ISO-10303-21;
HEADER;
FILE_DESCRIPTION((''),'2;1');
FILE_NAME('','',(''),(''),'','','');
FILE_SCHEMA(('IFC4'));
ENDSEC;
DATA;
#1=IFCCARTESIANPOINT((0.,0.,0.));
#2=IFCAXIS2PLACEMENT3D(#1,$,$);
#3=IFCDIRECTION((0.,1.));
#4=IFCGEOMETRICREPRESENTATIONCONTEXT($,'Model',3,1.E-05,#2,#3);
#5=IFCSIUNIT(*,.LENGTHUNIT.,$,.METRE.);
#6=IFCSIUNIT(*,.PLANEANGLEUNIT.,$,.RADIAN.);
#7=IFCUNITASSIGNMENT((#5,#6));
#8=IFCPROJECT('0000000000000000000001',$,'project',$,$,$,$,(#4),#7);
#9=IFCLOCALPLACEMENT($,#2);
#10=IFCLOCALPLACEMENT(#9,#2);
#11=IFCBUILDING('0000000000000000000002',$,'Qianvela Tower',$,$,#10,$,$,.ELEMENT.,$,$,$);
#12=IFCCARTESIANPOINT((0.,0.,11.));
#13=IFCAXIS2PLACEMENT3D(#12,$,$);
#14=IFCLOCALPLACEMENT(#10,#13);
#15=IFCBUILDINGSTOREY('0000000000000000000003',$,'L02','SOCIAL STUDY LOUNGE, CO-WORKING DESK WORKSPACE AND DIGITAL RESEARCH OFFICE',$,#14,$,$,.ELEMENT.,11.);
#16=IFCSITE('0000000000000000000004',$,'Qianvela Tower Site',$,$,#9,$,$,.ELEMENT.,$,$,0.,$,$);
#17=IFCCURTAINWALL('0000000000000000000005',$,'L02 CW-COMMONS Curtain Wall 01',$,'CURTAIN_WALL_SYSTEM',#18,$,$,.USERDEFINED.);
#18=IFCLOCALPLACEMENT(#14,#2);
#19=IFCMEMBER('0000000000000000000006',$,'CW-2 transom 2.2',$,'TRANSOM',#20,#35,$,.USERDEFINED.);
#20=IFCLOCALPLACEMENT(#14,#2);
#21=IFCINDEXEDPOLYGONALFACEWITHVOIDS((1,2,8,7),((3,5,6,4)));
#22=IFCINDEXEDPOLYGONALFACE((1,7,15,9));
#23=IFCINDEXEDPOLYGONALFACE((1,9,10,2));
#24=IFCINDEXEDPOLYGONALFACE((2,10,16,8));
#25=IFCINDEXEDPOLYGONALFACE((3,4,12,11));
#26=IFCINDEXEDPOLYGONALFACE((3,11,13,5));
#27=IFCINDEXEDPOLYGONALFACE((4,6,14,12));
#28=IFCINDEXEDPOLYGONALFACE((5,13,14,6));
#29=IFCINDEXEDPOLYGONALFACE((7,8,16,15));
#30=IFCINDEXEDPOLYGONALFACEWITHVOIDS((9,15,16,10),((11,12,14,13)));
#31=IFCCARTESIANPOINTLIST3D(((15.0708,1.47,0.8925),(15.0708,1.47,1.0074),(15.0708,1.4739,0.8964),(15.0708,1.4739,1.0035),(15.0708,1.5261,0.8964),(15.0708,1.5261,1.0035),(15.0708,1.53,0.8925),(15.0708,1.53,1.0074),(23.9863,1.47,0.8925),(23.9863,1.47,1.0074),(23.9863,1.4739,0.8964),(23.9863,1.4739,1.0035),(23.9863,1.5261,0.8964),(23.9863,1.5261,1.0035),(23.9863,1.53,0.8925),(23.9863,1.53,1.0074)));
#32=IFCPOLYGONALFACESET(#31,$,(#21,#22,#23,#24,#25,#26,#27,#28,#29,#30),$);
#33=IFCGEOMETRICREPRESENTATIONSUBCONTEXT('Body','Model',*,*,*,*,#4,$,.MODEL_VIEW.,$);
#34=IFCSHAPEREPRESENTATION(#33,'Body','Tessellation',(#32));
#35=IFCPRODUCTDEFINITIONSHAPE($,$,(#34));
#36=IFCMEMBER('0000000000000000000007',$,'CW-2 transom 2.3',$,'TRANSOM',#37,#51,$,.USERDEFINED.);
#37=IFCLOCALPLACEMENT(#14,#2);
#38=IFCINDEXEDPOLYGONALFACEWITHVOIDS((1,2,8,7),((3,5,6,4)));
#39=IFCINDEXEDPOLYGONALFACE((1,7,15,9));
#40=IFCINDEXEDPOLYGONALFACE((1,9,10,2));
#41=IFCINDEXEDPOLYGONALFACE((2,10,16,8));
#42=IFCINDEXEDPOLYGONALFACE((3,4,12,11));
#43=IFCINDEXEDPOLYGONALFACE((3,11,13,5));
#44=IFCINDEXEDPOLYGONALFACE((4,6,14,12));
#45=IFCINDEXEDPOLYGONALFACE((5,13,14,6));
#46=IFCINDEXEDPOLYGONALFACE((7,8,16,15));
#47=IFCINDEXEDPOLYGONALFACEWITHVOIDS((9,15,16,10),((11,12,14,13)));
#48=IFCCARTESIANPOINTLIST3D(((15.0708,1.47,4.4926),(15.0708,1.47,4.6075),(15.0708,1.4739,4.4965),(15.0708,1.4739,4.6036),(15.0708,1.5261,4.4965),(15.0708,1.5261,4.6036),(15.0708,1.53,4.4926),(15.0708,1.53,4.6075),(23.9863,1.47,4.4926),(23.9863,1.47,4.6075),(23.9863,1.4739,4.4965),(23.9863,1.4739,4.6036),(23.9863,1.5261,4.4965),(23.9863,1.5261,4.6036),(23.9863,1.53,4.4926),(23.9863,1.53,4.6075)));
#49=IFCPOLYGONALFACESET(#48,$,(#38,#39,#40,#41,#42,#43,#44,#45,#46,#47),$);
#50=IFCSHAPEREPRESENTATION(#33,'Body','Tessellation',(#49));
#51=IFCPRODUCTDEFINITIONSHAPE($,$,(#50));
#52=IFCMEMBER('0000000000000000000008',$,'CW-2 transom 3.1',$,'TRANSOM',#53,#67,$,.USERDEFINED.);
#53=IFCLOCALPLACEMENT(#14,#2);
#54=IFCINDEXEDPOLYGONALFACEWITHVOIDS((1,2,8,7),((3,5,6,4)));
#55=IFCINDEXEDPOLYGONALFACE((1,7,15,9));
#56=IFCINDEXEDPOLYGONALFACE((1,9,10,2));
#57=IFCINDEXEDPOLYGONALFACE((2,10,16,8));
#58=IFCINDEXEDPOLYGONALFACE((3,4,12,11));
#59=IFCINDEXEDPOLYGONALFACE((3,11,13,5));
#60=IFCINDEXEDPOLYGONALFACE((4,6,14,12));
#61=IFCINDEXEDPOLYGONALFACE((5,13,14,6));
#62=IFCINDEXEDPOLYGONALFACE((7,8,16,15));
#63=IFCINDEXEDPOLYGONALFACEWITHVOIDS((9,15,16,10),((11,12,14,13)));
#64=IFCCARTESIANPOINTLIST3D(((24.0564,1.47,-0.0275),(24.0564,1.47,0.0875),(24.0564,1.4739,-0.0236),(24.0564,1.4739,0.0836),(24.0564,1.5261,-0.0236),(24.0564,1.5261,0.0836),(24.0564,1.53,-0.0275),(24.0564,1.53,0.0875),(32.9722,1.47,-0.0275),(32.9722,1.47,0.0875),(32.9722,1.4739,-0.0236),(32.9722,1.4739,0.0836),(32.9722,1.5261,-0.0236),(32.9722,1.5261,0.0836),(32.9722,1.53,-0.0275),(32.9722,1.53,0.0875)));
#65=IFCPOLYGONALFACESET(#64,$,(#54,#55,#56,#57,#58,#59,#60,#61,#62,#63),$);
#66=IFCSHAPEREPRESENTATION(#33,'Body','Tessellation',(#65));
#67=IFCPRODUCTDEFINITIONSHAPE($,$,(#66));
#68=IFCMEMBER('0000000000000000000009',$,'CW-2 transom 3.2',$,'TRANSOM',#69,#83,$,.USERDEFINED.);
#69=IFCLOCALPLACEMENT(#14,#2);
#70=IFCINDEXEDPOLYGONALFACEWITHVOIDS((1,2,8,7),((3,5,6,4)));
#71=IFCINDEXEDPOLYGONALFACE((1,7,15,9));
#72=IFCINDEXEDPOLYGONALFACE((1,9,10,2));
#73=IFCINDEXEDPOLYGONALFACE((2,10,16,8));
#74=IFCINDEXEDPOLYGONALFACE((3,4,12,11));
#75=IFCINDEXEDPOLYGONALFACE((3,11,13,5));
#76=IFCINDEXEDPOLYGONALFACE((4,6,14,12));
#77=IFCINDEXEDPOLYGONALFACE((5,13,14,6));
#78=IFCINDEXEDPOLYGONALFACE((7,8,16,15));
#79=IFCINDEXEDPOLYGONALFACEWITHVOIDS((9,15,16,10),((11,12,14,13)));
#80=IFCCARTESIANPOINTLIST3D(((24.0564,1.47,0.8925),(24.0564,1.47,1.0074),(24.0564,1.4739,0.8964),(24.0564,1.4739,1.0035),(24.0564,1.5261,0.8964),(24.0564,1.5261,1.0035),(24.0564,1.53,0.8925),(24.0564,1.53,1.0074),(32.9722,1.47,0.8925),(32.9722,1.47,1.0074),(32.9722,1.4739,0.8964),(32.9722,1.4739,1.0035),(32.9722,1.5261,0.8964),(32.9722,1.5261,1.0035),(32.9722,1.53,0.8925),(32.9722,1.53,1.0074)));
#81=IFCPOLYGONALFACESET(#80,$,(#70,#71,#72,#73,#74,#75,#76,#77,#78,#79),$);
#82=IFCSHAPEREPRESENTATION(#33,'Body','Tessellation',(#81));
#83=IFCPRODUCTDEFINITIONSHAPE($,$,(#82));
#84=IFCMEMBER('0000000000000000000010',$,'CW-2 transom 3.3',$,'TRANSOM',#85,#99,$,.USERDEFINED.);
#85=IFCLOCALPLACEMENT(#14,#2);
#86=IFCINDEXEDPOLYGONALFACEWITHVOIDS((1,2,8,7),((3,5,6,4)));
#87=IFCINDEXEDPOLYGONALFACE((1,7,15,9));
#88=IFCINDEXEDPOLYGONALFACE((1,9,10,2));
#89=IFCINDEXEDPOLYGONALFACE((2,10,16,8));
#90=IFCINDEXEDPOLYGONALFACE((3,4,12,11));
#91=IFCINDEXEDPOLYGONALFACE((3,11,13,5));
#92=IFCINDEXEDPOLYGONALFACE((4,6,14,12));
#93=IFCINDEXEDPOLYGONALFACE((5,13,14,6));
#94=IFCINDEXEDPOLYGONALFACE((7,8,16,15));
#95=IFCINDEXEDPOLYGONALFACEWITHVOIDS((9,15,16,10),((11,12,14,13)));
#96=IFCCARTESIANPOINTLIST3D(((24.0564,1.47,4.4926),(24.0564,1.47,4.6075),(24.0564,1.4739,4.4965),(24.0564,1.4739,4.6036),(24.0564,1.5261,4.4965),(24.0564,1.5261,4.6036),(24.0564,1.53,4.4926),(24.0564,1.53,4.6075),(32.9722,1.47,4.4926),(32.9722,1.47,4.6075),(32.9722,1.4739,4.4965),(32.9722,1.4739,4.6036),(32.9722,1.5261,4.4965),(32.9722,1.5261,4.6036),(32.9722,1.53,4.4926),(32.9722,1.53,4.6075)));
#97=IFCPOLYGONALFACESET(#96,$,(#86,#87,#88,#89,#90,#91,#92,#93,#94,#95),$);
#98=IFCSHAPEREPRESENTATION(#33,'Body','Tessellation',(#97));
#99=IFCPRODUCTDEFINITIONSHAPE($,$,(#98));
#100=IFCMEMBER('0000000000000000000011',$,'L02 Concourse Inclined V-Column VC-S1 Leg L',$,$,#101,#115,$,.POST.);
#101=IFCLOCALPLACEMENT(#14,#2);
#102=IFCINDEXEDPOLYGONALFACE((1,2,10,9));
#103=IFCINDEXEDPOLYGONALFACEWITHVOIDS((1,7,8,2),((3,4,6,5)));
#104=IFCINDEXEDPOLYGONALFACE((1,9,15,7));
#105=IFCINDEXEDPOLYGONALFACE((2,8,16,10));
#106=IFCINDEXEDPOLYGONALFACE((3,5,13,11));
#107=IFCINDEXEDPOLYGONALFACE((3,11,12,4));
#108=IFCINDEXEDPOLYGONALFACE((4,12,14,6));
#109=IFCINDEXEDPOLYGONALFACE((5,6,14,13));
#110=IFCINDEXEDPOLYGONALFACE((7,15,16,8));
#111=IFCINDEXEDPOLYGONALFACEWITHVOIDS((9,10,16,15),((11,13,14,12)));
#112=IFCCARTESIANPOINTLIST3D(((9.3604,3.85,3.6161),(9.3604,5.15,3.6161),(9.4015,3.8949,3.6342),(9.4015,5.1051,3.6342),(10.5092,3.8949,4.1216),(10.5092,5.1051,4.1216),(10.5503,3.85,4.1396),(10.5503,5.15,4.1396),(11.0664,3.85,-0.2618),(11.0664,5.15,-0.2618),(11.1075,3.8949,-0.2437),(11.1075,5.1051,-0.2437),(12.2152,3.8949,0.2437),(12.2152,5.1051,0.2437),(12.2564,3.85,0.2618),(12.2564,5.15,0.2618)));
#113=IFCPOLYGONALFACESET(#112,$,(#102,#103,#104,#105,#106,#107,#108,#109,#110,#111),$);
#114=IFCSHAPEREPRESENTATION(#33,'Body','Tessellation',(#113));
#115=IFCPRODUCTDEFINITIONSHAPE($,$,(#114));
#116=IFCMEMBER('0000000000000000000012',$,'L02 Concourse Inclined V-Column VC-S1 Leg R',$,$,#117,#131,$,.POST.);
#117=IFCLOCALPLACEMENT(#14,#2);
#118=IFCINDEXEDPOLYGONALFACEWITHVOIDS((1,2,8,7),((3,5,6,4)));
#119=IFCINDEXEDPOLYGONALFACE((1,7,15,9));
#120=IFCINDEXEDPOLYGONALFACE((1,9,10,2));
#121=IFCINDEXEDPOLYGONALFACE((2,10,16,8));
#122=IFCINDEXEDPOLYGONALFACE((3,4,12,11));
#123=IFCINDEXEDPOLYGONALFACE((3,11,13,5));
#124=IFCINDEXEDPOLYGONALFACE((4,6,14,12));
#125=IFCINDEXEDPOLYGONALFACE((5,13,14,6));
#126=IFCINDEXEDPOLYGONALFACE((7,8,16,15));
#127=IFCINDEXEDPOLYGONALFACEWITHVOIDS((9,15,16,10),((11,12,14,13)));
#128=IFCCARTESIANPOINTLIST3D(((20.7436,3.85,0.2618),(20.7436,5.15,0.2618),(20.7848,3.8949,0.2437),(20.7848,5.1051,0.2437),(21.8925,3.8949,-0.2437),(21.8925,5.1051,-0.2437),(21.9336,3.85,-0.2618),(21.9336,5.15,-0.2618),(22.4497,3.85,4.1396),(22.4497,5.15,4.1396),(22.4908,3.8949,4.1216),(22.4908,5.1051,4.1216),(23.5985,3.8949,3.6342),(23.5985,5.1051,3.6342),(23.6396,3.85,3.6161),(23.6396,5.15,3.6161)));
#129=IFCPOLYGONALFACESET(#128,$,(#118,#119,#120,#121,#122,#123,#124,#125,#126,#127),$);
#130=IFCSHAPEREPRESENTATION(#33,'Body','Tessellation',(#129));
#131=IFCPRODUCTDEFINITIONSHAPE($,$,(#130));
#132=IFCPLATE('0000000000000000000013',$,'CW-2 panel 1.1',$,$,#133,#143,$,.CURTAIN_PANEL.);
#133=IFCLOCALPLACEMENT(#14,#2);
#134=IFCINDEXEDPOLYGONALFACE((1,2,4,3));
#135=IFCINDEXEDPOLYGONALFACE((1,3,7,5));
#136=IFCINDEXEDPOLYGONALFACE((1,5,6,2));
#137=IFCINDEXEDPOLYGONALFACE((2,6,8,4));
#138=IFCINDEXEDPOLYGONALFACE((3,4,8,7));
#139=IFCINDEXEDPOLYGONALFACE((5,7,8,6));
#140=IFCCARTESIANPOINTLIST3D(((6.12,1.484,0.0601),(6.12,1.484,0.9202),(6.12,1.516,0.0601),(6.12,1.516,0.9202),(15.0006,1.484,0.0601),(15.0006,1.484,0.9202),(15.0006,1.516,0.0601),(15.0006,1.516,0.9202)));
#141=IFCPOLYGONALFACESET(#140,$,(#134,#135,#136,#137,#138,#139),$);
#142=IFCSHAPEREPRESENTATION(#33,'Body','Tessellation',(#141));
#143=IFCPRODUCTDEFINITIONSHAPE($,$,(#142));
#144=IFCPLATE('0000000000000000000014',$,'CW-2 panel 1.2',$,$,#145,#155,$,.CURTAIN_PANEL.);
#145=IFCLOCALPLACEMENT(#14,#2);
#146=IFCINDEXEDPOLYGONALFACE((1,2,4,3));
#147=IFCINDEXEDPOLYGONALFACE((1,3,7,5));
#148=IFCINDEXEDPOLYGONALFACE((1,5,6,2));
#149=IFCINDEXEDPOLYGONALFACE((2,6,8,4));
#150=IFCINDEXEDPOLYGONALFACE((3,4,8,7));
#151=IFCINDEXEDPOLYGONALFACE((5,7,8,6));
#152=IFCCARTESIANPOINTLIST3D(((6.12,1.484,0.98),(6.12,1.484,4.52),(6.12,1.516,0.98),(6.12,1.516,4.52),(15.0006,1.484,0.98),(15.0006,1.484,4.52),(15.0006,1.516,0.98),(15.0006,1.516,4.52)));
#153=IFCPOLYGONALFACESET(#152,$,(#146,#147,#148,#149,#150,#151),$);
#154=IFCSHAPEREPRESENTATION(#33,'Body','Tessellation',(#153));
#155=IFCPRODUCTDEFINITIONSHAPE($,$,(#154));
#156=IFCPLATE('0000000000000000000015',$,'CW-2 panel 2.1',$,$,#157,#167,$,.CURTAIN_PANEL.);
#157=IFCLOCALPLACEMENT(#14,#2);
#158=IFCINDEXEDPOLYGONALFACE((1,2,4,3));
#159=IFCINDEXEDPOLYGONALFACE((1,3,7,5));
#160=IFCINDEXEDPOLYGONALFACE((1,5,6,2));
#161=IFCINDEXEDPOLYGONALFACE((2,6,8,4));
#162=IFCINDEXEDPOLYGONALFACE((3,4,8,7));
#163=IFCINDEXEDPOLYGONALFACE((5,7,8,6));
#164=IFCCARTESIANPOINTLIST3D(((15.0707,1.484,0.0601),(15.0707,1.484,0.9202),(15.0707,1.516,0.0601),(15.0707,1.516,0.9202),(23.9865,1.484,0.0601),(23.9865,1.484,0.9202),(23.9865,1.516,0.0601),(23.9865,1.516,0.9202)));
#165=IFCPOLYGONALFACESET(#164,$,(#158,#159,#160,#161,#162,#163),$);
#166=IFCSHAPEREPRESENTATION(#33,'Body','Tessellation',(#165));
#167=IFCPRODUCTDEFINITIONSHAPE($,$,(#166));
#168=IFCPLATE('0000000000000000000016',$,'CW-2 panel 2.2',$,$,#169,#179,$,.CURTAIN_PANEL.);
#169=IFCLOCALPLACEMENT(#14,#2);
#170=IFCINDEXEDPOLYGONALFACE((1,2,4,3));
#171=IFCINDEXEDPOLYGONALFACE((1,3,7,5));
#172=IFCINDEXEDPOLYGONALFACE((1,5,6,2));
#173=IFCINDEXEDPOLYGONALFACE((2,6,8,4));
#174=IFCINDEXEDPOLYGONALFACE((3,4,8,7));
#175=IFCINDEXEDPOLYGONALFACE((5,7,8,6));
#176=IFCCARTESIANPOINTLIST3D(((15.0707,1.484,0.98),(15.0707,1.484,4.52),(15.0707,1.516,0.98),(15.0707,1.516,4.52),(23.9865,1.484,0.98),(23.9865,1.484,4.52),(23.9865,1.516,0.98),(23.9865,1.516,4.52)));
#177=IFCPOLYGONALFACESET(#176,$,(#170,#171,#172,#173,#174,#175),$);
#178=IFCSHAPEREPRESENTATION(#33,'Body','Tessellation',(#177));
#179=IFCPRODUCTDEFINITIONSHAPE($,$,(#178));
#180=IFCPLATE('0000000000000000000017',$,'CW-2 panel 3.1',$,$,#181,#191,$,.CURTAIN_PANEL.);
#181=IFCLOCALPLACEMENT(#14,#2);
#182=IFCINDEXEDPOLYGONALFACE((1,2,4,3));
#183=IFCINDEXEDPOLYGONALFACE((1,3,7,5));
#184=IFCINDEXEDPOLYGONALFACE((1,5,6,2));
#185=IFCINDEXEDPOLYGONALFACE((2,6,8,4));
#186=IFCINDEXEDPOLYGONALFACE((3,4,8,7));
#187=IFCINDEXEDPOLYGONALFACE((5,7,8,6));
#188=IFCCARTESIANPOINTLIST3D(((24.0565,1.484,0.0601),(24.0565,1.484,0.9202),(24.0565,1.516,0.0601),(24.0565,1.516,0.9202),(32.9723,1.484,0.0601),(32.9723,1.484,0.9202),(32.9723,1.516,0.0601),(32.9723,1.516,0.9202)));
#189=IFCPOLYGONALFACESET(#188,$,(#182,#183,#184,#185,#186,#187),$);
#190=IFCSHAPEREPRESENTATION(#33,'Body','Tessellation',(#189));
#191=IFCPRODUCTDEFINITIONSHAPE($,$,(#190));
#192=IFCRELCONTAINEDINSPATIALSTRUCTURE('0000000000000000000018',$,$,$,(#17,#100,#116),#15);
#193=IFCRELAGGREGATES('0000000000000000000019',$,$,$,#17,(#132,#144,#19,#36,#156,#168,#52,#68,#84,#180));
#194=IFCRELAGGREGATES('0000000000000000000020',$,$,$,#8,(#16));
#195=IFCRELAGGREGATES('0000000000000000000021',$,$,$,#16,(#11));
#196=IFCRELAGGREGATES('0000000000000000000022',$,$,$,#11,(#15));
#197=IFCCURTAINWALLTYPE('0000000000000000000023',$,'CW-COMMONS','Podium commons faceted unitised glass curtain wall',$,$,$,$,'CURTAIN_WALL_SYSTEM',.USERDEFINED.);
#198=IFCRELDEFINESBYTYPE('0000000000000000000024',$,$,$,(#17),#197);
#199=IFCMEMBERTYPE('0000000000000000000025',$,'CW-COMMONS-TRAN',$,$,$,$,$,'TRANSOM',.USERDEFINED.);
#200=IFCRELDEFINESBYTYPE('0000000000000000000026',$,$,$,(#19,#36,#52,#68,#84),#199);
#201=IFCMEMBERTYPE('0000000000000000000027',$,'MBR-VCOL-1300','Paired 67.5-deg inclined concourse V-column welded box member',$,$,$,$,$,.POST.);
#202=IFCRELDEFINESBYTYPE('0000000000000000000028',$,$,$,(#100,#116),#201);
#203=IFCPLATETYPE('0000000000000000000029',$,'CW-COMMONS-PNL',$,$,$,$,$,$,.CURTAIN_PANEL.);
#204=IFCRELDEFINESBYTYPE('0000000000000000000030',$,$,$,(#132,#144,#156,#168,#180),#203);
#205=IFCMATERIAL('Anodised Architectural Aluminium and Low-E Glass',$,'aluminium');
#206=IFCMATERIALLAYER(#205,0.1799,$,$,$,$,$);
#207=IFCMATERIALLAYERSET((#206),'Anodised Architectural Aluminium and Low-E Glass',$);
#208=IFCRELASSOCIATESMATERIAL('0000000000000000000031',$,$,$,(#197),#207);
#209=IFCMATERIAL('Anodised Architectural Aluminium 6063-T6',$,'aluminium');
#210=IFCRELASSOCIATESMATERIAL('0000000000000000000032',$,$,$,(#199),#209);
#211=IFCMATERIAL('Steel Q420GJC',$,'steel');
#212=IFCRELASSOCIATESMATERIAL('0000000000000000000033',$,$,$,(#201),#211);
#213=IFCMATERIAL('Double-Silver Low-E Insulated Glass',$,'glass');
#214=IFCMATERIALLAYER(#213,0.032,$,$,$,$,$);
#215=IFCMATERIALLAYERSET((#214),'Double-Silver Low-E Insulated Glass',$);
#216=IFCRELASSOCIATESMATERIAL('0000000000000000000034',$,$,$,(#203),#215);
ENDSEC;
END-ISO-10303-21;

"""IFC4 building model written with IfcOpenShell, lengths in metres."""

from ifc_helpers import new_model, si_unit, direction, frame, origin, origin_2d, place, context, subcontext, project, spatial, rectangle, hollow_rectangle, extrude, material, layer, layer_set, material_profile, profile_set, type_object, element, aggregate, save


model = new_model("IFC4")

# Units and contexts
model_context = context("Model", 3, precision=1e-05, world=origin(), true_north=direction((0.0, 1.0)))
body_context = subcontext(model_context, "Body", "Model", "MODEL_VIEW")
ifc_project = project(units=[si_unit("LENGTHUNIT", "METRE"), si_unit("PLANEANGLEUNIT", "RADIAN")], contexts=[model_context])

# Site, building, storey
site_placement = place(None, origin())
site = spatial("IfcSite", under=ifc_project, at=site_placement, Name="Qianvela Tower Site", CompositionType="ELEMENT", RefElevation=0.0)
building_placement = place(site_placement, origin())
building = spatial("IfcBuilding", under=site, at=building_placement, Name="Qianvela Tower", CompositionType="ELEMENT")
storey_placement = place(building_placement, frame((0.0, 0.0, 11.0)))
storey = spatial("IfcBuildingStorey", under=building, at=storey_placement, Name="L02", Description="SOCIAL STUDY LOUNGE, CO-WORKING DESK WORKSPACE AND DIGITAL RESEARCH OFFICE", CompositionType="ELEMENT", Elevation=11.0)

# Curtain wall, members
ifc_material_1 = material(Name="Anodised Architectural Aluminium and Low-E Glass", Category="aluminium")
ifc_layer_1 = layer(ifc_material_1, 0.1799)
ifc_layer_set_1 = layer_set([ifc_layer_1], Name="Anodised Architectural Aluminium and Low-E Glass")
curtain_wall_type = type_object("IfcCurtainWallType", Name="CW-COMMONS", Description="Podium commons faceted unitised glass curtain wall", ElementType="CURTAIN_WALL_SYSTEM", PredefinedType="USERDEFINED", material=ifc_layer_set_1)
curtain_wall_placement = place(storey_placement, origin())
curtain_wall = element("IfcCurtainWall", 1, at=curtain_wall_placement, inside=storey, type_object=curtain_wall_type, Name="L02 CW-COMMONS Curtain Wall 01", ObjectType="CURTAIN_WALL_SYSTEM", PredefinedType="USERDEFINED")
ifc_material_2 = material(Name="Anodised Architectural Aluminium 6063-T6", Category="aluminium")
ifc_material_profile_1 = material_profile(ifc_material_2, hollow_rectangle(XDim=0.0601, YDim=0.115, WallThickness=0.0039, at=origin_2d()), Name="ALU-TRAN-60x115")
ifc_profile_set_1 = profile_set([ifc_material_profile_1], Name="Anodised Architectural Aluminium 6063-T6")
member_type_1 = type_object("IfcMemberType", Name="CW-COMMONS-TRAN", ElementType="TRANSOM", PredefinedType="USERDEFINED", material=ifc_profile_set_1)
member_1_placement = place(storey_placement, frame((15.0708, 1.5, 0.95), z_axis=(1.0, 0.0, 0.0), x_axis=(0.0, 1.0, 0.0)))
member_1 = element("IfcMember", 2, at=member_1_placement, type_object=member_type_1, Name="CW-2 transom 2.2", ObjectType="TRANSOM", PredefinedType="USERDEFINED", context=body_context, shape_type="SweptSolid", body=[
    extrude(hollow_rectangle(XDim=0.0601, YDim=0.115, WallThickness=0.0039, at=origin_2d()), origin(), (0.0, 0.0, 1.0), 8.9155),
])
member_2_placement = place(storey_placement, frame((15.0708, 1.5, 4.55), z_axis=(1.0, 0.0, 0.0), x_axis=(0.0, 1.0, 0.0)))
member_2 = element("IfcMember", 3, at=member_2_placement, type_object=member_type_1, Name="CW-2 transom 2.3", ObjectType="TRANSOM", PredefinedType="USERDEFINED", context=body_context, shape_type="SweptSolid", body=[
    extrude(hollow_rectangle(XDim=0.0601, YDim=0.115, WallThickness=0.0039, at=origin_2d()), origin(), (0.0, 0.0, 1.0), 8.9155),
])
member_3_placement = place(storey_placement, frame((24.0564, 1.5, 0.03), z_axis=(1.0, 0.0, 0.0), x_axis=(0.0, 1.0, 0.0)))
member_3 = element("IfcMember", 4, at=member_3_placement, type_object=member_type_1, Name="CW-2 transom 3.1", ObjectType="TRANSOM", PredefinedType="USERDEFINED", context=body_context, shape_type="SweptSolid", body=[
    extrude(hollow_rectangle(XDim=0.0601, YDim=0.115, WallThickness=0.0039, at=origin_2d()), origin(), (0.0, 0.0, 1.0), 8.9158),
])
member_4_placement = place(storey_placement, frame((24.0564, 1.5, 0.95), z_axis=(1.0, 0.0, 0.0), x_axis=(0.0, 1.0, 0.0)))
member_4 = element("IfcMember", 5, at=member_4_placement, type_object=member_type_1, Name="CW-2 transom 3.2", ObjectType="TRANSOM", PredefinedType="USERDEFINED", context=body_context, shape_type="SweptSolid", body=[
    extrude(hollow_rectangle(XDim=0.0601, YDim=0.115, WallThickness=0.0039, at=origin_2d()), origin(), (0.0, 0.0, 1.0), 8.9158),
])
member_5_placement = place(storey_placement, frame((24.0564, 1.5, 4.55), z_axis=(1.0, 0.0, 0.0), x_axis=(0.0, 1.0, 0.0)))
member_5 = element("IfcMember", 6, at=member_5_placement, type_object=member_type_1, Name="CW-2 transom 3.3", ObjectType="TRANSOM", PredefinedType="USERDEFINED", context=body_context, shape_type="SweptSolid", body=[
    extrude(hollow_rectangle(XDim=0.0601, YDim=0.115, WallThickness=0.0039, at=origin_2d()), origin(), (0.0, 0.0, 1.0), 8.9158),
])

# Members
ifc_material_3 = material(Name="Steel Q420GJC", Category="steel")
ifc_material_profile_2 = material_profile(ifc_material_3, hollow_rectangle(XDim=1.3, YDim=1.3, WallThickness=0.0449, at=origin_2d()), Name="VBOX-1300x1300x45")
ifc_profile_set_2 = profile_set([ifc_material_profile_2], Name="Steel Q420GJC")
member_type_2 = type_object("IfcMemberType", Name="MBR-VCOL-1300", Description="Paired 67.5-deg inclined concourse V-column welded box member", PredefinedType="POST", material=ifc_profile_set_2)
for number, where, z_axis, x_axis, name in (
    (7, (11.6614, 4.5, 0.0), (-0.402692, 0.0, 0.915335), (0.0, -1.0, 0.0), "L02 Concourse Inclined V-Column VC-S1 Leg L"),
    (8, (21.3386, 4.5, 0.0), (0.402692, 0.0, 0.915335), (0.0, 1.0, 0.0), "L02 Concourse Inclined V-Column VC-S1 Leg R"),
):
    element("IfcMember", number, at=place(storey_placement, frame(where, z_axis=z_axis, x_axis=x_axis)), inside=storey, type_object=member_type_2, Name=name, PredefinedType="POST", context=body_context, shape_type="SweptSolid", body=[
        extrude(hollow_rectangle(XDim=1.3, YDim=1.3, WallThickness=0.0449, at=origin_2d()), origin(), (0.0, 0.0, 1.0), 4.2366),
    ])

# Plates
ifc_material_4 = material(Name="Double-Silver Low-E Insulated Glass", Category="glass")
ifc_layer_2 = layer(ifc_material_4, 0.032)
ifc_layer_set_2 = layer_set([ifc_layer_2], Name="Double-Silver Low-E Insulated Glass")
plate_type_1 = type_object("IfcPlateType", Name="CW-COMMONS-PNL", PredefinedType="CURTAIN_PANEL", material=ifc_layer_set_2)
plate_1_placement = place(storey_placement, frame((10.5603, 1.5, 0.0601), z_axis=(0.0, 0.0, 1.0), x_axis=(1.0, 0.0, 0.0)))
plate_1 = element("IfcPlate", 9, at=plate_1_placement, type_object=plate_type_1, Name="CW-2 panel 1.1", PredefinedType="CURTAIN_PANEL", context=body_context, shape_type="SweptSolid", body=[
    extrude(rectangle(XDim=8.8806, YDim=0.032, at=origin_2d()), origin(), (0.0, 0.0, 1.0), 0.8601),
])
plate_2_placement = place(storey_placement, frame((10.5603, 1.5, 0.98), z_axis=(0.0, 0.0, 1.0), x_axis=(1.0, 0.0, 0.0)))
plate_2 = element("IfcPlate", 10, at=plate_2_placement, type_object=plate_type_1, Name="CW-2 panel 1.2", PredefinedType="CURTAIN_PANEL", context=body_context, shape_type="SweptSolid", body=[
    extrude(rectangle(XDim=8.8806, YDim=0.032, at=origin_2d()), origin(), (0.0, 0.0, 1.0), 3.54),
])
plate_3_placement = place(storey_placement, frame((19.5286, 1.5, 0.0601), z_axis=(0.0, 0.0, 1.0), x_axis=(1.0, 0.0, 0.0)))
plate_3 = element("IfcPlate", 11, at=plate_3_placement, type_object=plate_type_1, Name="CW-2 panel 2.1", PredefinedType="CURTAIN_PANEL", context=body_context, shape_type="SweptSolid", body=[
    extrude(rectangle(XDim=8.9158, YDim=0.032, at=origin_2d()), origin(), (0.0, 0.0, 1.0), 0.8601),
])
plate_4_placement = place(storey_placement, frame((19.5286, 1.5, 0.98), z_axis=(0.0, 0.0, 1.0), x_axis=(1.0, 0.0, 0.0)))
plate_4 = element("IfcPlate", 12, at=plate_4_placement, type_object=plate_type_1, Name="CW-2 panel 2.2", PredefinedType="CURTAIN_PANEL", context=body_context, shape_type="SweptSolid", body=[
    extrude(rectangle(XDim=8.9158, YDim=0.032, at=origin_2d()), origin(), (0.0, 0.0, 1.0), 3.54),
])
plate_5_placement = place(storey_placement, frame((28.5144, 1.5, 0.0601), z_axis=(0.0, 0.0, 1.0), x_axis=(1.0, 0.0, 0.0)))
plate_5 = element("IfcPlate", 13, at=plate_5_placement, type_object=plate_type_1, Name="CW-2 panel 3.1", PredefinedType="CURTAIN_PANEL", context=body_context, shape_type="SweptSolid", body=[
    extrude(rectangle(XDim=8.9158, YDim=0.032, at=origin_2d()), origin(), (0.0, 0.0, 1.0), 0.8601),
])
aggregate(curtain_wall, [plate_1, plate_2, member_1, member_2, plate_3, plate_4, member_3, member_4, member_5, plate_5])

save(model, "model.ifc")
